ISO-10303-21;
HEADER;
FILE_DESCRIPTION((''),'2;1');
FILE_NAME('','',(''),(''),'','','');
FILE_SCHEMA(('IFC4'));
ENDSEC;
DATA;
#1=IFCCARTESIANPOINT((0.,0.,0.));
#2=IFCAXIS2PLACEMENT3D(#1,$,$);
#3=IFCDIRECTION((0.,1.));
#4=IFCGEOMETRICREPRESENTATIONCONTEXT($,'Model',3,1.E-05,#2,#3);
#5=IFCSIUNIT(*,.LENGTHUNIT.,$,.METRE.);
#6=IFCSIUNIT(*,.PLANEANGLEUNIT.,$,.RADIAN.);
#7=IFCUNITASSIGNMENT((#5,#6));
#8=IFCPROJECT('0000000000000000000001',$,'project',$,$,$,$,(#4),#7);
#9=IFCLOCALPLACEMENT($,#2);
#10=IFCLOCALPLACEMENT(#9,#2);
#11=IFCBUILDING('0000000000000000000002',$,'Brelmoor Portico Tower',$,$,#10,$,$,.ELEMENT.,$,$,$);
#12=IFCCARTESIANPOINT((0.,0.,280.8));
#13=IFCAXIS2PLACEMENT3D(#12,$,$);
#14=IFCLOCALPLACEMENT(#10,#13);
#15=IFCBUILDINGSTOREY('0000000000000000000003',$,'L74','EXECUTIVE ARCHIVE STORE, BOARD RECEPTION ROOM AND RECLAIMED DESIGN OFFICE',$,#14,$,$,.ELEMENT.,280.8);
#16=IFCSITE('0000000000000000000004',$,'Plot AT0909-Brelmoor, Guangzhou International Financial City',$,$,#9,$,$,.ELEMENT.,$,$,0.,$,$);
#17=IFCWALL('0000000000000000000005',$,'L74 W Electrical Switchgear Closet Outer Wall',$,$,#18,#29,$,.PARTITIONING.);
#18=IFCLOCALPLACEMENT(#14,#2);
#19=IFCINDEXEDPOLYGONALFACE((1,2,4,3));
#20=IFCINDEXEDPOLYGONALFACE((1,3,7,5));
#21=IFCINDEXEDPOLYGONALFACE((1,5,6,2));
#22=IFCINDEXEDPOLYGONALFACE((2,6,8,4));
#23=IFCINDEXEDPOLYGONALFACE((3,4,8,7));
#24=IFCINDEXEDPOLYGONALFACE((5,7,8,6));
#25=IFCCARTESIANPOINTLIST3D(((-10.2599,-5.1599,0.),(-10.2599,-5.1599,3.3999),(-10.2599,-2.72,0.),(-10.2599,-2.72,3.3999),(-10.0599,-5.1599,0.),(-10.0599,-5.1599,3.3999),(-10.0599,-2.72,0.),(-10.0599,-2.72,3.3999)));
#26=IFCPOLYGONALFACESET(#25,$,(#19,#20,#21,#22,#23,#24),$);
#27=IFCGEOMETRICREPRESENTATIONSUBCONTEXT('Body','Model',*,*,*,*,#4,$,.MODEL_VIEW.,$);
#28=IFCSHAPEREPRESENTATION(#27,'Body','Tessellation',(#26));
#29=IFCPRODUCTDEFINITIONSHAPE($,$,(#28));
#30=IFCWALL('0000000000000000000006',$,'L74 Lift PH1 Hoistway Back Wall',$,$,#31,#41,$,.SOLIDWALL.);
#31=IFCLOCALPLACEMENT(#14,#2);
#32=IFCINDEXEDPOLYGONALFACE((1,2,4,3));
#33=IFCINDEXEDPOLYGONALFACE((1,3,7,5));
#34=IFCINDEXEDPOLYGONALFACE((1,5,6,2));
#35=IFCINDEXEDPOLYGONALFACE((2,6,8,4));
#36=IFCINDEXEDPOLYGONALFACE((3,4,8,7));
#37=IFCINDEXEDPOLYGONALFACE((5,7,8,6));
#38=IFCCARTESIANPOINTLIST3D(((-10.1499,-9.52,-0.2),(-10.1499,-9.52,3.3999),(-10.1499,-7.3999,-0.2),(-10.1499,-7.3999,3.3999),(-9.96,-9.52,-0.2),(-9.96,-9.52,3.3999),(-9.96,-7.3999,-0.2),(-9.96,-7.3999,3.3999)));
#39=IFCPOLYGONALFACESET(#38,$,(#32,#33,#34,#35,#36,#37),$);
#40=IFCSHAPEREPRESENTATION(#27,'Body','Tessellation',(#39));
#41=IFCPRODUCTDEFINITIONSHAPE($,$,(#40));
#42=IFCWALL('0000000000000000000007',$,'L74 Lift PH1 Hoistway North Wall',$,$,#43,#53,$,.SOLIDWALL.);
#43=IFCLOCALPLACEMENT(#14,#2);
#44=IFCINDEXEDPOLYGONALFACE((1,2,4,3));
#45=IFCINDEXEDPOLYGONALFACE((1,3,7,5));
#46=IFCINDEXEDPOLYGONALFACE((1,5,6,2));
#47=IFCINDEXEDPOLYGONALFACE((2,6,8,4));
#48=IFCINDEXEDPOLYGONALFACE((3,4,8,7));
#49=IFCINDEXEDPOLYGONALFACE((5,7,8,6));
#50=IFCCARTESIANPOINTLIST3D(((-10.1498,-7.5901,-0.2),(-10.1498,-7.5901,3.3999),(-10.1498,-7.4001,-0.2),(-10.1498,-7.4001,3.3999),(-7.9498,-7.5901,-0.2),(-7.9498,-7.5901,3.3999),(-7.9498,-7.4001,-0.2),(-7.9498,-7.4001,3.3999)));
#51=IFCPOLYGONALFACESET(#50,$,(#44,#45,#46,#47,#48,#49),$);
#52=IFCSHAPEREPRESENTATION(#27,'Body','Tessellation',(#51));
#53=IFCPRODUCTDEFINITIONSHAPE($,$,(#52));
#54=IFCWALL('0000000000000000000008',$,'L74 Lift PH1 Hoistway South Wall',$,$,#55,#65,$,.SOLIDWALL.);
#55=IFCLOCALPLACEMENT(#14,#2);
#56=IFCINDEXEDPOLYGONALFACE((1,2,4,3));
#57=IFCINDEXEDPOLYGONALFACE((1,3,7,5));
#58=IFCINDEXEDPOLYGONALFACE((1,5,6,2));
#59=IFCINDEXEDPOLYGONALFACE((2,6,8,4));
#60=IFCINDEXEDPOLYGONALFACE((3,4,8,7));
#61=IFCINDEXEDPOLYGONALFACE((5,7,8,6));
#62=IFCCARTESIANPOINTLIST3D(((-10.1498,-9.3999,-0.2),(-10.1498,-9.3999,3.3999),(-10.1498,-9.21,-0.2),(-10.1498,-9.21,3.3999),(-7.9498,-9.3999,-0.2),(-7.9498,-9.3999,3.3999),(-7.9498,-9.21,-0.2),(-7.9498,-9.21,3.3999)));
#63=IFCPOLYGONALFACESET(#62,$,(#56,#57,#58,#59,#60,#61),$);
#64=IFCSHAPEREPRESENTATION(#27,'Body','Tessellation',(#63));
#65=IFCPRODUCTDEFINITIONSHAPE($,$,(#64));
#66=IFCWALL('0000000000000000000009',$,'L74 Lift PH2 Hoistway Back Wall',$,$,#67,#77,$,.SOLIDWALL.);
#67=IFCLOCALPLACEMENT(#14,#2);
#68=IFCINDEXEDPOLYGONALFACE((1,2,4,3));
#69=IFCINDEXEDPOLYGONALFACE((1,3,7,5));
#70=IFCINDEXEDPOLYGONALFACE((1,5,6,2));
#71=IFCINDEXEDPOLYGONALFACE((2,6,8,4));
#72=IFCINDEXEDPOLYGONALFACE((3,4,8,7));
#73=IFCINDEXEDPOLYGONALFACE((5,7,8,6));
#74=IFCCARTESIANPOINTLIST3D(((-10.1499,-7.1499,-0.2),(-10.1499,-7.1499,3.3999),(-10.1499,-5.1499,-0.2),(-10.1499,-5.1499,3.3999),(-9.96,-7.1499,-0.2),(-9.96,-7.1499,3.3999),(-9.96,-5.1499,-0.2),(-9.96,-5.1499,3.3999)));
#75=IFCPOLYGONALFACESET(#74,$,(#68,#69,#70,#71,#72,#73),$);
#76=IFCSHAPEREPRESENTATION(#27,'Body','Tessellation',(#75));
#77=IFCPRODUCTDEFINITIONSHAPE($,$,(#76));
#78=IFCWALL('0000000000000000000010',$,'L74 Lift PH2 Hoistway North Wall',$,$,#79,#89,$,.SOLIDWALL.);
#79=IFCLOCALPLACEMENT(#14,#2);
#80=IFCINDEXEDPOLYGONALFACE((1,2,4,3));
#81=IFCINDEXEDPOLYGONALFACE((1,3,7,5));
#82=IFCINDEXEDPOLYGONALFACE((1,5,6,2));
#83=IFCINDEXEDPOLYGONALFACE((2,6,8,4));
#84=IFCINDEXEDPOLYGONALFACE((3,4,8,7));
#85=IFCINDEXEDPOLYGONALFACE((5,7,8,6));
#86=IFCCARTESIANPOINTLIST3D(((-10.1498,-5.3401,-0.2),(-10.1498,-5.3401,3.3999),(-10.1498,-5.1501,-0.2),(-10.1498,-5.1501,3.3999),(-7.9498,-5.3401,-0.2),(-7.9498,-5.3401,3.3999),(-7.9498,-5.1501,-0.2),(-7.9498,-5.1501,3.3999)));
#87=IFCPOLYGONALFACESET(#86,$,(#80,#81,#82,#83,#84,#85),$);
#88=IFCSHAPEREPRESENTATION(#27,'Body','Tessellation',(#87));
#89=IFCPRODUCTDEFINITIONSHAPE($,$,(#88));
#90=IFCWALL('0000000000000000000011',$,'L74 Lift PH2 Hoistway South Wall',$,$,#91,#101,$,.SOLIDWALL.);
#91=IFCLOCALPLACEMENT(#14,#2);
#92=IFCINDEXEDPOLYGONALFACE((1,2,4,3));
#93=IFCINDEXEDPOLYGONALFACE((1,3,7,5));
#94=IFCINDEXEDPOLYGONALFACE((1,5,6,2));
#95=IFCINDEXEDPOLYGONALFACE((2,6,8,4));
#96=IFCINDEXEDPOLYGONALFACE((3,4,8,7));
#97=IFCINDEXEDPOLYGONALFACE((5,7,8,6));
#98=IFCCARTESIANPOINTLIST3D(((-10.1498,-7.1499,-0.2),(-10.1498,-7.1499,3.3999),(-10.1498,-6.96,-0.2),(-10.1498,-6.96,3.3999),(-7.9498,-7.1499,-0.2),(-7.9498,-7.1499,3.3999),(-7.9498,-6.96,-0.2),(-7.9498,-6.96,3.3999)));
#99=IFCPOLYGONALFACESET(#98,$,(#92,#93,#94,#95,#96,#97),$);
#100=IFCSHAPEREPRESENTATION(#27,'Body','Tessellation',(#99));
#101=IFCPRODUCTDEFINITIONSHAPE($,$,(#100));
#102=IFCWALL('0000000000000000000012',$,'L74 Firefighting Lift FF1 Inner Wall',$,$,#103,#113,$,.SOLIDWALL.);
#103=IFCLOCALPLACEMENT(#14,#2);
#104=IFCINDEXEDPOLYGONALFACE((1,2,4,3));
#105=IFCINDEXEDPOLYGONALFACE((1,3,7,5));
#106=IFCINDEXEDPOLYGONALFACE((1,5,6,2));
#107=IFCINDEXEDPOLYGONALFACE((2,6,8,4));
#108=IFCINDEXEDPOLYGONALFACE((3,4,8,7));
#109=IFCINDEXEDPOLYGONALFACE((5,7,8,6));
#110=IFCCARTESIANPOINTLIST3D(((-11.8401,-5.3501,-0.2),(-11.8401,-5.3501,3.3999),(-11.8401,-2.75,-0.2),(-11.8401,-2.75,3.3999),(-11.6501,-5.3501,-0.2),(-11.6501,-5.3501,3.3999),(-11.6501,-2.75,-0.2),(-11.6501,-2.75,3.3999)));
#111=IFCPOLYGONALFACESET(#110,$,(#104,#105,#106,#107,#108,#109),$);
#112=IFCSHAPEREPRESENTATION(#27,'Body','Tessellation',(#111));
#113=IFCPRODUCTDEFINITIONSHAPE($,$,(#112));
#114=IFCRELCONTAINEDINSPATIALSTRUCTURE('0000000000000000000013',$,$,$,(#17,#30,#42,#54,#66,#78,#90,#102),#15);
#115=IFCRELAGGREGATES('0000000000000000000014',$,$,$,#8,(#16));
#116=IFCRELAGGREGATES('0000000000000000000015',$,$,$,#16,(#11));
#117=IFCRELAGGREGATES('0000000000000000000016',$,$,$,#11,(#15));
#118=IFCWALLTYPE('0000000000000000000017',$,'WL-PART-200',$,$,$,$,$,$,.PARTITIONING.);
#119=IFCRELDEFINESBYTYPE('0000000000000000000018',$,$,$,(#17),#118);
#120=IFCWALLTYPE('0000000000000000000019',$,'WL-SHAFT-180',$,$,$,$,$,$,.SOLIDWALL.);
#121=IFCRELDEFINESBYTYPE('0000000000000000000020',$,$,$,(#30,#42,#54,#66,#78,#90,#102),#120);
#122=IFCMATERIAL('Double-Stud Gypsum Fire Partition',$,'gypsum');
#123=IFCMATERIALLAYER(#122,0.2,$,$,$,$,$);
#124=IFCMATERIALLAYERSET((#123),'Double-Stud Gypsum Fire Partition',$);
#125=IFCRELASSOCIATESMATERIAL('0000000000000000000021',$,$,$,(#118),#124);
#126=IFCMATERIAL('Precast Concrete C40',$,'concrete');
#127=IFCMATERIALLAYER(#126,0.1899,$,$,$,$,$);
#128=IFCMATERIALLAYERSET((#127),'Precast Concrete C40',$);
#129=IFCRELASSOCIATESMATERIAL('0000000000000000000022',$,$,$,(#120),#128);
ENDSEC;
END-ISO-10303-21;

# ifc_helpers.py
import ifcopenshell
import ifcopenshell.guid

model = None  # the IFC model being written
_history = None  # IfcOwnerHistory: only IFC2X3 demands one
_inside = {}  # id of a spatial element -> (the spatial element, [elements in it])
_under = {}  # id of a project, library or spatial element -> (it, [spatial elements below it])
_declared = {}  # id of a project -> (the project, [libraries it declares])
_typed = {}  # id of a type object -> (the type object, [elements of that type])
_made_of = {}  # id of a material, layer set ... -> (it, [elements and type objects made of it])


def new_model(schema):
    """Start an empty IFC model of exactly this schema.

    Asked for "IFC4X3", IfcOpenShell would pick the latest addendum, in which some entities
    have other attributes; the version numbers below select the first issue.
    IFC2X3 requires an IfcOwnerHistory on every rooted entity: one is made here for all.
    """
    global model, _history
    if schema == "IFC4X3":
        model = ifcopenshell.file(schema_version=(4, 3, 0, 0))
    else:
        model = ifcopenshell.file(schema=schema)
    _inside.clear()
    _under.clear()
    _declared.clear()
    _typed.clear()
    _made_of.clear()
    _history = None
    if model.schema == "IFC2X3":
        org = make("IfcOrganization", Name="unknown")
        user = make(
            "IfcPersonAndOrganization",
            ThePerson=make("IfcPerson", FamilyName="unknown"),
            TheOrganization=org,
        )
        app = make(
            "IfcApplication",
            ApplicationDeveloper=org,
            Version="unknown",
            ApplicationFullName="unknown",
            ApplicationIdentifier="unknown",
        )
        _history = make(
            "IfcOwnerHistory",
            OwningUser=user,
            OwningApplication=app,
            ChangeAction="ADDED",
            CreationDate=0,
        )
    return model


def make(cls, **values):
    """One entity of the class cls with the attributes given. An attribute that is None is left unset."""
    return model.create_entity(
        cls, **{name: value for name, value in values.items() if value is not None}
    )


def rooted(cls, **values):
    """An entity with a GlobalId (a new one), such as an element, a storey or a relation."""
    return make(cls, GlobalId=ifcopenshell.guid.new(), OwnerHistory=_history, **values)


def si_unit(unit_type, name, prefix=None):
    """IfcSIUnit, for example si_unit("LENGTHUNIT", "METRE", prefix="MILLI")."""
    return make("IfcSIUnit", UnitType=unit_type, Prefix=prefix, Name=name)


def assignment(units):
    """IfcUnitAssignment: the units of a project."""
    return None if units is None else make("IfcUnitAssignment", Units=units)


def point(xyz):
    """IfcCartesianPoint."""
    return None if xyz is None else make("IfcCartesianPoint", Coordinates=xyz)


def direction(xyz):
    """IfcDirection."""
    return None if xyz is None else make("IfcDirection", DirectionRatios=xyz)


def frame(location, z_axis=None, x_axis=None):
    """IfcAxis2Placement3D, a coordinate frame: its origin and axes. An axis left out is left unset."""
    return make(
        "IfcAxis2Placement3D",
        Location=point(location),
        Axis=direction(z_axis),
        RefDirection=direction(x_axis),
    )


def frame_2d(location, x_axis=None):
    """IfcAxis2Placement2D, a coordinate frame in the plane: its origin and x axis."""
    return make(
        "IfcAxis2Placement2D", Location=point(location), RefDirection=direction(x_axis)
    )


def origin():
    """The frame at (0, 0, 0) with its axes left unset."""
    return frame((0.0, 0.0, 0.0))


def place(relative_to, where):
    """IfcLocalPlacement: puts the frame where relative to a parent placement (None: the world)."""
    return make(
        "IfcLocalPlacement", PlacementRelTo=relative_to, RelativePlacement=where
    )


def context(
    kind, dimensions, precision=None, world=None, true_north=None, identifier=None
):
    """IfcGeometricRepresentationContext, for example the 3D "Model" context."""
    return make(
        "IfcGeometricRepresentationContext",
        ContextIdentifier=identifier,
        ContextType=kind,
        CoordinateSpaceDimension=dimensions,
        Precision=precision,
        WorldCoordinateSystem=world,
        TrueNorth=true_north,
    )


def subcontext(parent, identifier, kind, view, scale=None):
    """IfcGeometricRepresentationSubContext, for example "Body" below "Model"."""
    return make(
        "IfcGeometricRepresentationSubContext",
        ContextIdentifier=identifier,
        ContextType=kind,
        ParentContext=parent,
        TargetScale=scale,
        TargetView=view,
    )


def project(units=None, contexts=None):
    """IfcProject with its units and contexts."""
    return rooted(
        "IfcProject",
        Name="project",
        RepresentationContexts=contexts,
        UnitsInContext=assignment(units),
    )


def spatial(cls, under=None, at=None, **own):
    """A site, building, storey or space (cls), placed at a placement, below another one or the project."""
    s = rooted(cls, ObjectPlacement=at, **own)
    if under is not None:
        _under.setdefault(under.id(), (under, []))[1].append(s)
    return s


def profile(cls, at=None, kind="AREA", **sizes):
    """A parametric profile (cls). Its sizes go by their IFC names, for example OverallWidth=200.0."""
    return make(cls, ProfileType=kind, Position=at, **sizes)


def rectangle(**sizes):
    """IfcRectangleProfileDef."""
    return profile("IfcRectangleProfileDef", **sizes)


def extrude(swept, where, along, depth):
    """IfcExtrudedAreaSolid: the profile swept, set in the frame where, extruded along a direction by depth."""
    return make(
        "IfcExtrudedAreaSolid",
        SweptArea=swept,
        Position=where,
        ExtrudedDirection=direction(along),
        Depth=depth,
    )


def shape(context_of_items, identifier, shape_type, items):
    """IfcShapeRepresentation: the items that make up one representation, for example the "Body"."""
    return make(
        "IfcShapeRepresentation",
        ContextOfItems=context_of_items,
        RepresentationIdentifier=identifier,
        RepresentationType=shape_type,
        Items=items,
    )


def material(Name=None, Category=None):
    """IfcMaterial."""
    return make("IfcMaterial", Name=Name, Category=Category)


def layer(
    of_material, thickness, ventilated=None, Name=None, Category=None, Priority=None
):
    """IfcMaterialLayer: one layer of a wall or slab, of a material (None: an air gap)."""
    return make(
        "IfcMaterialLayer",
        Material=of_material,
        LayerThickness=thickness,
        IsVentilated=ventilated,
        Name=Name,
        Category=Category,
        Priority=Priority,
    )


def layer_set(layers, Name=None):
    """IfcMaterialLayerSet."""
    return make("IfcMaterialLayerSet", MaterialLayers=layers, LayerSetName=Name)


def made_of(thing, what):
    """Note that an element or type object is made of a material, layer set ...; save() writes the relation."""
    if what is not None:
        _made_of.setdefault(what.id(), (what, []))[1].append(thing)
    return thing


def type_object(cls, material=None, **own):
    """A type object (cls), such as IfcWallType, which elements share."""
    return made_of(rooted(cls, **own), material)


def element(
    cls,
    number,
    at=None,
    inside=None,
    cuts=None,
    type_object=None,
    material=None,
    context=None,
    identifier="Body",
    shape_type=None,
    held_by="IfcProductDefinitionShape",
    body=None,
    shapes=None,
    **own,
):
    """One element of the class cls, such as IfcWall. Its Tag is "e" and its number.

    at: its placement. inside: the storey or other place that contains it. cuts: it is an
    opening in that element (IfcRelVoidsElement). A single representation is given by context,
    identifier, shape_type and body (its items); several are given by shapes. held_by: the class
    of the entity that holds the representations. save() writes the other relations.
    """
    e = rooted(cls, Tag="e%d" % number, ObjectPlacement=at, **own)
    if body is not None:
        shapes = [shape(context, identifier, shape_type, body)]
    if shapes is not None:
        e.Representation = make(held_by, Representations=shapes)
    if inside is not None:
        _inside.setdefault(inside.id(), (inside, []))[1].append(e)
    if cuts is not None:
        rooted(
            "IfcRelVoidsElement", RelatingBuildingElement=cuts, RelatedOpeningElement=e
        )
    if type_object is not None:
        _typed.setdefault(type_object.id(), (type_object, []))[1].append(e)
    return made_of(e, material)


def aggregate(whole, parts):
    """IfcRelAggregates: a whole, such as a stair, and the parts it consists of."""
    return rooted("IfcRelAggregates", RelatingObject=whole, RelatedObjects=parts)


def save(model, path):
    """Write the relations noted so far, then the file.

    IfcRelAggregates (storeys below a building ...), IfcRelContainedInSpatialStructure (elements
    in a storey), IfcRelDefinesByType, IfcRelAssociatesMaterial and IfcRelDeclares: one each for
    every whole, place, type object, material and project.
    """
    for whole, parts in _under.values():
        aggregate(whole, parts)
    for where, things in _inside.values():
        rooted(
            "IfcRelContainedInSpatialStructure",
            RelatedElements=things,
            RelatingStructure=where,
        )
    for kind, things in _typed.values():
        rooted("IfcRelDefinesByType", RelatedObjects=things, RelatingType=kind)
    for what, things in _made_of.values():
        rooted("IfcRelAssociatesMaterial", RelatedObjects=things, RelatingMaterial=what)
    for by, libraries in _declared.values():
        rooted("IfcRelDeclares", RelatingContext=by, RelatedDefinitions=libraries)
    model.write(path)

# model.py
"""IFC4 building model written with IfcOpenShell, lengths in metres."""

from ifc_helpers import new_model, si_unit, direction, frame, frame_2d, origin, place, context, subcontext, project, spatial, rectangle, extrude, material, layer, layer_set, type_object, element, save


model = new_model("IFC4")

# Units and contexts
model_context = context("Model", 3, precision=1e-05, world=origin(), true_north=direction((0.0, 1.0)))
body_context = subcontext(model_context, "Body", "Model", "MODEL_VIEW")
ifc_project = project(units=[si_unit("LENGTHUNIT", "METRE"), si_unit("PLANEANGLEUNIT", "RADIAN")], contexts=[model_context])

# Site, building, storey
site_placement = place(None, origin())
site = spatial("IfcSite", under=ifc_project, at=site_placement, Name="Plot AT0909-Brelmoor, Guangzhou International Financial City", CompositionType="ELEMENT", RefElevation=0.0)
building_placement = place(site_placement, origin())
building = spatial("IfcBuilding", under=site, at=building_placement, Name="Brelmoor Portico Tower", CompositionType="ELEMENT")
storey_placement = place(building_placement, frame((0.0, 0.0, 280.8)))
storey = spatial("IfcBuildingStorey", under=building, at=storey_placement, Name="L74", Description="EXECUTIVE ARCHIVE STORE, BOARD RECEPTION ROOM AND RECLAIMED DESIGN OFFICE", CompositionType="ELEMENT", Elevation=280.8)

# Shared definitions
ifc_material_1 = material(Name="Double-Stud Gypsum Fire Partition", Category="gypsum")
ifc_layer_1 = layer(ifc_material_1, 0.2)
ifc_layer_set_1 = layer_set([ifc_layer_1], Name="Double-Stud Gypsum Fire Partition")
wall_type_1 = type_object("IfcWallType", Name="WL-PART-200", PredefinedType="PARTITIONING", material=ifc_layer_set_1)

# Walls
wall_1_placement = place(storey_placement, frame((-10.1599, -5.1599, 0.0), z_axis=(0.0, 0.0, 1.0), x_axis=(0.0, 1.0, 0.0)))
element("IfcWall", 1, at=wall_1_placement, inside=storey, type_object=wall_type_1, Name="L74 W Electrical Switchgear Closet Outer Wall", PredefinedType="PARTITIONING", context=body_context, shape_type="SweptSolid", body=[
    extrude(rectangle(XDim=2.4399, YDim=0.2, at=frame_2d((1.22, 0.0))), origin(), (0.0, 0.0, 1.0), 3.3999),
])
ifc_material_2 = material(Name="Precast Concrete C40", Category="concrete")
ifc_layer_2 = layer(ifc_material_2, 0.1899)
ifc_layer_set_2 = layer_set([ifc_layer_2], Name="Precast Concrete C40")
wall_type_2 = type_object("IfcWallType", Name="WL-SHAFT-180", PredefinedType="SOLIDWALL", material=ifc_layer_set_2)
wall_2_placement = place(storey_placement, frame((-10.0549, -9.52, -0.2), z_axis=(0.0, 0.0, 1.0), x_axis=(0.0, 1.0, 0.0)))
element("IfcWall", 2, at=wall_2_placement, inside=storey, type_object=wall_type_2, Name="L74 Lift PH1 Hoistway Back Wall", PredefinedType="SOLIDWALL", context=body_context, shape_type="SweptSolid", body=[
    extrude(rectangle(XDim=2.1201, YDim=0.1899, at=frame_2d((1.0601, 0.0))), origin(), (0.0, 0.0, 1.0), 3.5999),
])
for number, where, z_axis, x_axis, name in (
    (3, (-10.1499, -7.4951, -0.2), (0.0, 0.0, 1.0), (1.0, 0.0, 0.0), "L74 Lift PH1 Hoistway North Wall"),
    (4, (-10.1499, -9.3049, -0.2), (0.0, 0.0, 1.0), (1.0, 0.0, 0.0), "L74 Lift PH1 Hoistway South Wall"),
):
    element("IfcWall", number, at=place(storey_placement, frame(where, z_axis=z_axis, x_axis=x_axis)), inside=storey, type_object=wall_type_2, Name=name, PredefinedType="SOLIDWALL", context=body_context, shape_type="SweptSolid", body=[
        extrude(rectangle(XDim=2.2, YDim=0.1899, at=frame_2d((1.1001, 0.0))), origin(), (0.0, 0.0, 1.0), 3.5999),
    ])
wall_3_placement = place(storey_placement, frame((-10.0549, -7.1499, -0.2), z_axis=(0.0, 0.0, 1.0), x_axis=(0.0, 1.0, 0.0)))
element("IfcWall", 5, at=wall_3_placement, inside=storey, type_object=wall_type_2, Name="L74 Lift PH2 Hoistway Back Wall", PredefinedType="SOLIDWALL", context=body_context, shape_type="SweptSolid", body=[
    extrude(rectangle(XDim=2.0, YDim=0.1899, at=frame_2d((1.0, 0.0))), origin(), (0.0, 0.0, 1.0), 3.5999),
])
for number, where, z_axis, x_axis, name in (
    (6, (-10.1499, -5.2451, -0.2), (0.0, 0.0, 1.0), (1.0, 0.0, 0.0), "L74 Lift PH2 Hoistway North Wall"),
    (7, (-10.1499, -7.0549, -0.2), (0.0, 0.0, 1.0), (1.0, 0.0, 0.0), "L74 Lift PH2 Hoistway South Wall"),
):
    element("IfcWall", number, at=place(storey_placement, frame(where, z_axis=z_axis, x_axis=x_axis)), inside=storey, type_object=wall_type_2, Name=name, PredefinedType="SOLIDWALL", context=body_context, shape_type="SweptSolid", body=[
        extrude(rectangle(XDim=2.2, YDim=0.1899, at=frame_2d((1.1001, 0.0))), origin(), (0.0, 0.0, 1.0), 3.5999),
    ])
wall_4_placement = place(storey_placement, frame((-11.7451, -5.3501, -0.2), z_axis=(0.0, 0.0, 1.0), x_axis=(0.0, 1.0, 0.0)))
element("IfcWall", 8, at=wall_4_placement, inside=storey, type_object=wall_type_2, Name="L74 Firefighting Lift FF1 Inner Wall", PredefinedType="SOLIDWALL", context=body_context, shape_type="SweptSolid", body=[
    extrude(rectangle(XDim=2.6001, YDim=0.1899, at=frame_2d((1.3, 0.0))), origin(), (0.0, 0.0, 1.0), 3.5999),
])

save(model, "model.ifc")
